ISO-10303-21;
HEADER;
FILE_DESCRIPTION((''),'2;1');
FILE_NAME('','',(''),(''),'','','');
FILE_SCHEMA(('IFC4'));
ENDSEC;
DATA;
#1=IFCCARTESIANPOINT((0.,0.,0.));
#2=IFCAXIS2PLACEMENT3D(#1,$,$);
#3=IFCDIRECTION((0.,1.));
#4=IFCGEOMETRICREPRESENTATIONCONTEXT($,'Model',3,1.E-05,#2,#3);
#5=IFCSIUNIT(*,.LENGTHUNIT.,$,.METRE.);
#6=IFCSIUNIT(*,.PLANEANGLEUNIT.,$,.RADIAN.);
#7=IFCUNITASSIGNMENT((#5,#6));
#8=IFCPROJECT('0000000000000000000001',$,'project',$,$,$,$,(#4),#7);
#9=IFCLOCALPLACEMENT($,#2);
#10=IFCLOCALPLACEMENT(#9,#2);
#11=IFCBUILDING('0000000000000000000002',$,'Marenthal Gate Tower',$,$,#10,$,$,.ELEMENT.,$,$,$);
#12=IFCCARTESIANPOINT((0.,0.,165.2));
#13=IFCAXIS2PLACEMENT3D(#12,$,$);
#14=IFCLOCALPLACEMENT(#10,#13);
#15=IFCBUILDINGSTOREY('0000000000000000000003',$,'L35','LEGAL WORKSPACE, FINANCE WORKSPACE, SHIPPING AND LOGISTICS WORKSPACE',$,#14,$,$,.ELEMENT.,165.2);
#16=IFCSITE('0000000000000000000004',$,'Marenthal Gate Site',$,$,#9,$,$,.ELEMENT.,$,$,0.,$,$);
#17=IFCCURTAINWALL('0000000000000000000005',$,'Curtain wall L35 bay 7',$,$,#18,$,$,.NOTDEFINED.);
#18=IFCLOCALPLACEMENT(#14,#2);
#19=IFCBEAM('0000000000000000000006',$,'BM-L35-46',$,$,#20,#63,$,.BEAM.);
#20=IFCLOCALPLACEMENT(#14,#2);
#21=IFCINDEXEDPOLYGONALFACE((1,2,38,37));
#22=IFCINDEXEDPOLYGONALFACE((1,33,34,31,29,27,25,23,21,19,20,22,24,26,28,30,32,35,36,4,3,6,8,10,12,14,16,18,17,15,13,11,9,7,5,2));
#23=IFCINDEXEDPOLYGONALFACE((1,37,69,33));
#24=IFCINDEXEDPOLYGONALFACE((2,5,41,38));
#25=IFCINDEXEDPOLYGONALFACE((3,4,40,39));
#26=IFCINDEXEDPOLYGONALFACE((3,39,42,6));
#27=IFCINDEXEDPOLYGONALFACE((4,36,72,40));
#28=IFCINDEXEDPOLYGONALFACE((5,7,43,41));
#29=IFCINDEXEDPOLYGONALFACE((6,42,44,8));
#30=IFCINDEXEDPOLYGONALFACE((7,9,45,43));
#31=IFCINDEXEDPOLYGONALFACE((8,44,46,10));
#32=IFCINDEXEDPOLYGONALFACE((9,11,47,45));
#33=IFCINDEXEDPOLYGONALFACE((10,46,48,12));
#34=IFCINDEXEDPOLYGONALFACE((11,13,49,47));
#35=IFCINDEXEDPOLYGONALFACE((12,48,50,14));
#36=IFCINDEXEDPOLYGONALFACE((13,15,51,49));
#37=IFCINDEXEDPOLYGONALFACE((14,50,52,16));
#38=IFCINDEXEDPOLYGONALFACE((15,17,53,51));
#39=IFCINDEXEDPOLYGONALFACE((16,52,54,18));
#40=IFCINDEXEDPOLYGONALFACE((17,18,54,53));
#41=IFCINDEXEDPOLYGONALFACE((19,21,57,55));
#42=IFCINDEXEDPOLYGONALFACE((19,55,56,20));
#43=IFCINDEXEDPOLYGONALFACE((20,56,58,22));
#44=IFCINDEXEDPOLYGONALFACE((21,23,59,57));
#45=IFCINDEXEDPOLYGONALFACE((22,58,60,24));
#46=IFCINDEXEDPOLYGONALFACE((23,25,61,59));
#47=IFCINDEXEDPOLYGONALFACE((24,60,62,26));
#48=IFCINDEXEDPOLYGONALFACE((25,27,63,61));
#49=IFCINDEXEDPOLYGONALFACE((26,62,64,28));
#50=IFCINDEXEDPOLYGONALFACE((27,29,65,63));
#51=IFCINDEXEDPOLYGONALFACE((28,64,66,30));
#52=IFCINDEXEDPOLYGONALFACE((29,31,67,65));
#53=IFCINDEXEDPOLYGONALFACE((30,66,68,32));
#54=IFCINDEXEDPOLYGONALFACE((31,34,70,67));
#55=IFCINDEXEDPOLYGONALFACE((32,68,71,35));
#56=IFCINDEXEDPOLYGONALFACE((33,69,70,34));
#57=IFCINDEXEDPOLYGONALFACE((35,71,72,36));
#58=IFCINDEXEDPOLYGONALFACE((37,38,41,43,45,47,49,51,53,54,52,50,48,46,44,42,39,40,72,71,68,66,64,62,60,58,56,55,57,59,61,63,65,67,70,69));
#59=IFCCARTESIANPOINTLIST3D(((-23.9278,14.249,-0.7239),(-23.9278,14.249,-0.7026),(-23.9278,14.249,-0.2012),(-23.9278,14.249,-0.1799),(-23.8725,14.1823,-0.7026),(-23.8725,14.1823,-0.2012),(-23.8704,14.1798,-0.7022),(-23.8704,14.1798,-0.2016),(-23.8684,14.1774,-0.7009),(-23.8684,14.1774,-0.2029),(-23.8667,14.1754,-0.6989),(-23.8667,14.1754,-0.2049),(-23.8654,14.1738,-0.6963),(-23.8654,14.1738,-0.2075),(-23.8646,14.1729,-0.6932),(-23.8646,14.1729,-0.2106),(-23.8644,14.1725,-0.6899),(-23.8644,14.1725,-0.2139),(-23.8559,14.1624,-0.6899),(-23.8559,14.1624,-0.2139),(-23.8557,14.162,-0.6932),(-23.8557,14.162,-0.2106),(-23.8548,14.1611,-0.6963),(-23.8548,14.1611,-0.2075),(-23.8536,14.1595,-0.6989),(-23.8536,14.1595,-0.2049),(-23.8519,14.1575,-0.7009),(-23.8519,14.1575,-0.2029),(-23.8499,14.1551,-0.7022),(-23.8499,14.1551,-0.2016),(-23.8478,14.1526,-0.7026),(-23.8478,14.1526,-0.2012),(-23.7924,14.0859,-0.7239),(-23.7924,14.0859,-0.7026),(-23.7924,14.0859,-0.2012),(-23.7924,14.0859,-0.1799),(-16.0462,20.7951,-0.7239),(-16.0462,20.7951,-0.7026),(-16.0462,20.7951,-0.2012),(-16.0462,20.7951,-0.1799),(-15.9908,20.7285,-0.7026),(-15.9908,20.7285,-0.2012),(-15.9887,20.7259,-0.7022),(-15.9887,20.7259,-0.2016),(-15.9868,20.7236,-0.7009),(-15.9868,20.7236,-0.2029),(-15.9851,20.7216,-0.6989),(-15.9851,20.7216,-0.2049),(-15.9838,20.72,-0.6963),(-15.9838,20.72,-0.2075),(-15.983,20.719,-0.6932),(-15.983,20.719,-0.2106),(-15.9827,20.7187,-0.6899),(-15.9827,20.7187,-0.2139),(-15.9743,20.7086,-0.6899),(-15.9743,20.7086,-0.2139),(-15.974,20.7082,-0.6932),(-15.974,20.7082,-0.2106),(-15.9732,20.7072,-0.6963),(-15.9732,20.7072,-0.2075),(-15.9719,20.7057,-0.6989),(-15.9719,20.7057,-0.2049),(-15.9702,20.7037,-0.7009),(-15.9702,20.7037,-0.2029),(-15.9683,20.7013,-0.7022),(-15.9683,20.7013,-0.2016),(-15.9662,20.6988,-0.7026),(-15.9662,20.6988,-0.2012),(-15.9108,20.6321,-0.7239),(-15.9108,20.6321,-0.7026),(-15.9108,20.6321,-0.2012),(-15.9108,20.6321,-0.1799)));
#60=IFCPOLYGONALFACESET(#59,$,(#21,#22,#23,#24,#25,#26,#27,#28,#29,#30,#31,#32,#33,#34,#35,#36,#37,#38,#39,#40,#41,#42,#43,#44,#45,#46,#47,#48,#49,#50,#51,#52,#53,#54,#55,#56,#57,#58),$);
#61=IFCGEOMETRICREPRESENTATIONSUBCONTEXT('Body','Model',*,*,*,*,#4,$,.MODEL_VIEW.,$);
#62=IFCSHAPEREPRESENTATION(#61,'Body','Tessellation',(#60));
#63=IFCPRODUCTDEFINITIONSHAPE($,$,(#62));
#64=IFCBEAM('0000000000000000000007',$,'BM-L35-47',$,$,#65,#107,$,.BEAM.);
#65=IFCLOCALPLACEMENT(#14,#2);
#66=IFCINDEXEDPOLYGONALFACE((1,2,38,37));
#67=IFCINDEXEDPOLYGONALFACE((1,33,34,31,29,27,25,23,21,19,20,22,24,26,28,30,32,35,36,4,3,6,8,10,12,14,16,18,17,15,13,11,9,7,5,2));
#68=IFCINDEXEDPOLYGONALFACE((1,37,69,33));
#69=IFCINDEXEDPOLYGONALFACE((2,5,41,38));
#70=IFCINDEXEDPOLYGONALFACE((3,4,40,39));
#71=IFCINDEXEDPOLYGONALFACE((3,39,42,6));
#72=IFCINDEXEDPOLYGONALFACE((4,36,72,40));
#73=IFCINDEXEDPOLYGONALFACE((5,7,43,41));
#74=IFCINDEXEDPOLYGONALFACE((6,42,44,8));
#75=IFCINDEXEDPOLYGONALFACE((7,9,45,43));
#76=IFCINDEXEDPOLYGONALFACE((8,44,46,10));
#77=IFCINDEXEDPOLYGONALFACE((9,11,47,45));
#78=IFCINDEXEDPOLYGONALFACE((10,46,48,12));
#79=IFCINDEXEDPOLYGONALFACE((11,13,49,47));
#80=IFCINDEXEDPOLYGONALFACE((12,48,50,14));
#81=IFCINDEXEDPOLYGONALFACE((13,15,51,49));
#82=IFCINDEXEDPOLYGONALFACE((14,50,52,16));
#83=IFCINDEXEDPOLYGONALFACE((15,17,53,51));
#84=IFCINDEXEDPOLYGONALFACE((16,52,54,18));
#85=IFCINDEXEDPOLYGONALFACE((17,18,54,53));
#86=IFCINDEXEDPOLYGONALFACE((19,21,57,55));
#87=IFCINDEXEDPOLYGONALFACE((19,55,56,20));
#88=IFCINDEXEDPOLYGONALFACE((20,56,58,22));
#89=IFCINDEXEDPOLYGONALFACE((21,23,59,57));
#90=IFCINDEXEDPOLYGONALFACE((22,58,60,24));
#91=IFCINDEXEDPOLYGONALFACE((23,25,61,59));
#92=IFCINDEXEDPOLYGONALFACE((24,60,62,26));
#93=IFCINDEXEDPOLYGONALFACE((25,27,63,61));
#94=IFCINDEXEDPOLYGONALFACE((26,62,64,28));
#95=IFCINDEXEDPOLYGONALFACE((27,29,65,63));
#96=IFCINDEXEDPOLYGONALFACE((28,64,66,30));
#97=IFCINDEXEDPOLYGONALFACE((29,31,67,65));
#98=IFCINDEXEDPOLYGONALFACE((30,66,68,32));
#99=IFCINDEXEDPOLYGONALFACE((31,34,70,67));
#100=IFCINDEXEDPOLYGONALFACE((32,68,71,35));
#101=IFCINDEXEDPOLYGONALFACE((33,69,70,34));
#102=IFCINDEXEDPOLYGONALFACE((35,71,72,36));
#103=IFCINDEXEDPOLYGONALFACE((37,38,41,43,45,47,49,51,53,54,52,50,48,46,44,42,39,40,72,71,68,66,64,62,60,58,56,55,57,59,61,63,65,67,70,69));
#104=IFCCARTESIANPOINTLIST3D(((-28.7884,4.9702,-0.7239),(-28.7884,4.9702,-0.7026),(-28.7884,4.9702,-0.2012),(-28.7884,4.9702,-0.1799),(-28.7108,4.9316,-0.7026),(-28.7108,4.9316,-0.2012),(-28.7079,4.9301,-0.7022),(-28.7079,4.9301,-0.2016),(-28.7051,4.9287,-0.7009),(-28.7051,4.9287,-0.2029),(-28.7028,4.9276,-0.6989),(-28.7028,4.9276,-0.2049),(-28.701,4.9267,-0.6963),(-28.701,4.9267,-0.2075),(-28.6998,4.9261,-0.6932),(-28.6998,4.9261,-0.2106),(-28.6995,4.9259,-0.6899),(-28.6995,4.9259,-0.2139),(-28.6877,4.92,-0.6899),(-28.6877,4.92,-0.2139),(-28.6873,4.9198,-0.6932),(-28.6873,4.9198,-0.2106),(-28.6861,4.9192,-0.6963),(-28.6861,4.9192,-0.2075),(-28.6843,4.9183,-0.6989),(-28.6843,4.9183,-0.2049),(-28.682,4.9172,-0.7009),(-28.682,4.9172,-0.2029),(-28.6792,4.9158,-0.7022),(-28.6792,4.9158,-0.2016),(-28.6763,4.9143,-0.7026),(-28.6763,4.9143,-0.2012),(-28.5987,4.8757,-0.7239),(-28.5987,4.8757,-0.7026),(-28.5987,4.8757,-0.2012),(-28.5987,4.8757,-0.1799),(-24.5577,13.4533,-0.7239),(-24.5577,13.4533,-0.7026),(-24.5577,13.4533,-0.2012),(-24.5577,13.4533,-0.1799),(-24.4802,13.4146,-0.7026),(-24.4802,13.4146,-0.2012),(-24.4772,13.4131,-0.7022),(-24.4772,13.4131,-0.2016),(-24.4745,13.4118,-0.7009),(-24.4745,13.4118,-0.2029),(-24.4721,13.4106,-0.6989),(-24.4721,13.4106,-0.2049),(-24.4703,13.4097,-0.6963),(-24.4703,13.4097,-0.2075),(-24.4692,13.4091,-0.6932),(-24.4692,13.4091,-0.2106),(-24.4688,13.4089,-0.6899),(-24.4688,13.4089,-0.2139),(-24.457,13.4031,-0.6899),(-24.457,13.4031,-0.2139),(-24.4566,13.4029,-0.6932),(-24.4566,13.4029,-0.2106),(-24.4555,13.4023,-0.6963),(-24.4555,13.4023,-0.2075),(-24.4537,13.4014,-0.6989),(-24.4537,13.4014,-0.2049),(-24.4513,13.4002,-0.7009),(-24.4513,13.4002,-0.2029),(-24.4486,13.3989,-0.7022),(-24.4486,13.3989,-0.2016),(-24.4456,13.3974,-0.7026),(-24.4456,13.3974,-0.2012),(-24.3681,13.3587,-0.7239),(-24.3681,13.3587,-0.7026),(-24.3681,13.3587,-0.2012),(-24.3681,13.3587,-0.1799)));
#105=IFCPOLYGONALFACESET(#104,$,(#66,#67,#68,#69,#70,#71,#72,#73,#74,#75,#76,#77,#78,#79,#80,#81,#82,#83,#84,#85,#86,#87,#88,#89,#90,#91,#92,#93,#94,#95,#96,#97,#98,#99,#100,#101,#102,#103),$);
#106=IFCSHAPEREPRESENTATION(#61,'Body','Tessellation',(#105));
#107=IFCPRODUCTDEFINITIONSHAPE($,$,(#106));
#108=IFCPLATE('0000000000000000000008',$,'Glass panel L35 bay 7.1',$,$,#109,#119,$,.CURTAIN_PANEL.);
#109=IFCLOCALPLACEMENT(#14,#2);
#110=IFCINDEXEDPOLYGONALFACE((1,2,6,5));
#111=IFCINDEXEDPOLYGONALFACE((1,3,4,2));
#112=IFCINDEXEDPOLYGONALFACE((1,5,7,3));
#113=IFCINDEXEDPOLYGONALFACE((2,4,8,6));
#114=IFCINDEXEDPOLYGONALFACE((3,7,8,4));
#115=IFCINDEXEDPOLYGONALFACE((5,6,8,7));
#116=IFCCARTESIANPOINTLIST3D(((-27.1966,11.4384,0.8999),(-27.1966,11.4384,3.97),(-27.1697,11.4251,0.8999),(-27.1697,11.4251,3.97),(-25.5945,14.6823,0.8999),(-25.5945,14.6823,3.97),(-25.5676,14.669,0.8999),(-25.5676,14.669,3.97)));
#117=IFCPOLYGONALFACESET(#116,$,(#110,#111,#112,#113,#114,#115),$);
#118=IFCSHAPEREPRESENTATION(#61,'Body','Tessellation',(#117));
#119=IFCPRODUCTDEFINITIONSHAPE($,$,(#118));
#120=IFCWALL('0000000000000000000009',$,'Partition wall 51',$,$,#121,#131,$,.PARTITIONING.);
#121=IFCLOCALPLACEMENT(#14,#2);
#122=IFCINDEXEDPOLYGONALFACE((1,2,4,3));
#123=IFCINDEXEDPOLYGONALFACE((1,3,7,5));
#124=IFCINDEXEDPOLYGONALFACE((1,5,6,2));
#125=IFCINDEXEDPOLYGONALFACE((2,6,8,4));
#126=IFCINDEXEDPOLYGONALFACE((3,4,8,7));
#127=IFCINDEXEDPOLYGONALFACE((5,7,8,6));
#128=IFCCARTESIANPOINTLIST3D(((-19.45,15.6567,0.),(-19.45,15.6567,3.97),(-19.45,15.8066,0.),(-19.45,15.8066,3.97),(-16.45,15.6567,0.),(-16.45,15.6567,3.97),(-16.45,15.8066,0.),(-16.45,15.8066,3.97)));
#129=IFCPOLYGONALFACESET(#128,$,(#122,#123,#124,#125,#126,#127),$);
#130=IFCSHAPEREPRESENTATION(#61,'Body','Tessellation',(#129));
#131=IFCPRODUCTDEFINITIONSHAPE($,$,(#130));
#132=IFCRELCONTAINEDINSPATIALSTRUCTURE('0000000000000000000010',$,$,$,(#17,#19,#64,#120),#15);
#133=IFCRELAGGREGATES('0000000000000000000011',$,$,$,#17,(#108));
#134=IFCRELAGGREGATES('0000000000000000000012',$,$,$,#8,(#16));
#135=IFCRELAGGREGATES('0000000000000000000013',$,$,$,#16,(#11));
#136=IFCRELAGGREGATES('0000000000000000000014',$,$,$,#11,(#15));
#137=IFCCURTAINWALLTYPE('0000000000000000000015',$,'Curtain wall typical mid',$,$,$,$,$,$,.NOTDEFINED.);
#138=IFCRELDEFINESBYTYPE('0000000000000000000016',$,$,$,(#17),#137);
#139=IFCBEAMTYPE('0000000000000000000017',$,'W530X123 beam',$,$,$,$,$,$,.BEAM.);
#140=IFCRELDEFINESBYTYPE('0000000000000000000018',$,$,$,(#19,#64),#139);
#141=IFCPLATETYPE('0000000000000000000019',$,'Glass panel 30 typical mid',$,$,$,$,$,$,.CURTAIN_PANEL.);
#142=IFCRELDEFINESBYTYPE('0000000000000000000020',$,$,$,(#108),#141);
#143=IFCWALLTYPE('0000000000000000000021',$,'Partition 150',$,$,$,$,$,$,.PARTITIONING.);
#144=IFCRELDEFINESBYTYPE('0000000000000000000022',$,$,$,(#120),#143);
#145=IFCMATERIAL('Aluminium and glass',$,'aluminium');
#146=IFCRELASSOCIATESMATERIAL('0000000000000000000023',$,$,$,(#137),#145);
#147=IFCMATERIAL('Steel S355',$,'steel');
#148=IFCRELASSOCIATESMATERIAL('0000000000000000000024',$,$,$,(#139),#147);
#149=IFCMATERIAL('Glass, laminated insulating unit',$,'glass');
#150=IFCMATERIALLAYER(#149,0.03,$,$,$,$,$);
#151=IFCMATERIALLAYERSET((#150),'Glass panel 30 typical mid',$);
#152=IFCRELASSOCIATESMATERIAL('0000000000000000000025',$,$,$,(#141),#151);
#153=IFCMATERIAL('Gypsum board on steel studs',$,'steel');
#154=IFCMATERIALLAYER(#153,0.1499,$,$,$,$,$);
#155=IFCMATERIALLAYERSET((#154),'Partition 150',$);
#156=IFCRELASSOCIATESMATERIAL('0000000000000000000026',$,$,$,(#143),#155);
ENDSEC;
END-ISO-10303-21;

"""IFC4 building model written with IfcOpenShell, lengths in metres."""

from ifc_helpers import new_model, si_unit, direction, frame, frame_2d, origin, origin_2d, place, context, subcontext, project, spatial, rectangle, i_section, extrude, material, layer, layer_set, material_profile, profile_set, type_object, element, aggregate, save


model = new_model("IFC4")

# Units and contexts
model_context = context("Model", 3, precision=1e-05, world=origin(), true_north=direction((0.0, 1.0)))
body_context = subcontext(model_context, "Body", "Model", "MODEL_VIEW")
ifc_project = project(units=[si_unit("LENGTHUNIT", "METRE"), si_unit("PLANEANGLEUNIT", "RADIAN")], contexts=[model_context])

# Site, building, storey
site_placement = place(None, origin())
site = spatial("IfcSite", under=ifc_project, at=site_placement, Name="Marenthal Gate Site", CompositionType="ELEMENT", RefElevation=0.0)
building_placement = place(site_placement, origin())
building = spatial("IfcBuilding", under=site, at=building_placement, Name="Marenthal Gate Tower", CompositionType="ELEMENT")
storey_placement = place(building_placement, frame((0.0, 0.0, 165.2)))
storey = spatial("IfcBuildingStorey", under=building, at=storey_placement, Name="L35", Description="LEGAL WORKSPACE, FINANCE WORKSPACE, SHIPPING AND LOGISTICS WORKSPACE", CompositionType="ELEMENT", Elevation=165.2)

# Shared definitions
ifc_material_1 = material(Name="Aluminium and glass", Category="aluminium")
curtain_wall_type = type_object("IfcCurtainWallType", Name="Curtain wall typical mid", PredefinedType="NOTDEFINED", material=ifc_material_1)

# Curtain wall
curtain_wall_1_placement = place(storey_placement, origin())
curtain_wall_1 = element("IfcCurtainWall", 1, at=curtain_wall_1_placement, inside=storey, type_object=curtain_wall_type, Name="Curtain wall L35 bay 7", PredefinedType="NOTDEFINED")

# Beams
ifc_material_2 = material(Name="Steel S355", Category="steel")
ifc_material_profile_1 = material_profile(ifc_material_2, i_section(OverallWidth=0.2119, OverallDepth=0.5439, WebThickness=0.0132, FlangeThickness=0.0212, FilletRadius=0.0127, at=origin_2d()), Name="W530X123")
ifc_profile_set_1 = profile_set([ifc_material_profile_1], Name="Steel S355")
beam_type_1 = type_object("IfcBeamType", Name="W530X123 beam", PredefinedType="BEAM", material=ifc_profile_set_1)
beam_1_placement = place(storey_placement, frame((-15.9785, 20.7136, -0.4519), z_axis=(-0.769269, -0.638925, 0.0), x_axis=(0.638925, -0.769269, 0.0)))
element("IfcBeam", 2, at=beam_1_placement, inside=storey, type_object=beam_type_1, Name="BM-L35-46", PredefinedType="BEAM", context=body_context, shape_type="SweptSolid", body=[
    extrude(i_section(OverallWidth=0.2119, OverallDepth=0.5439, WebThickness=0.0132, FlangeThickness=0.0212, FilletRadius=0.0127, at=origin_2d()), origin(), (0.0, 0.0, 1.0), 10.2456),
])
beam_2_placement = place(storey_placement, frame((-24.4629, 13.406, -0.4519), z_axis=(-0.446297, -0.894885, 0.0), x_axis=(0.894885, -0.446297, 0.0)))
element("IfcBeam", 3, at=beam_2_placement, inside=storey, type_object=beam_type_1, Name="BM-L35-47", PredefinedType="BEAM", context=body_context, shape_type="SweptSolid", body=[
    extrude(i_section(OverallWidth=0.2119, OverallDepth=0.5439, WebThickness=0.0132, FlangeThickness=0.0212, FilletRadius=0.0127, at=origin_2d()), origin(), (0.0, 0.0, 1.0), 9.4795),
])

# Plate
ifc_material_3 = material(Name="Glass, laminated insulating unit", Category="glass")
ifc_layer_1 = layer(ifc_material_3, 0.03)
ifc_layer_set_1 = layer_set([ifc_layer_1], Name="Glass panel 30 typical mid")
plate_type = type_object("IfcPlateType", Name="Glass panel 30 typical mid", PredefinedType="CURTAIN_PANEL", material=ifc_layer_set_1)
plate_placement = place(storey_placement, frame((-26.3821, 13.0537, 0.8999), z_axis=(0.0, 0.0, 1.0), x_axis=(-0.442824, -0.896609, 0.0)))
plate = element("IfcPlate", 4, at=plate_placement, type_object=plate_type, Name="Glass panel L35 bay 7.1", PredefinedType="CURTAIN_PANEL", context=body_context, shape_type="SweptSolid", body=[
    extrude(rectangle(XDim=3.6179, YDim=0.03, at=origin_2d()), origin(), (0.0, 0.0, 1.0), 3.0701),
])
aggregate(curtain_wall_1, [plate])

# Wall
ifc_material_4 = material(Name="Gypsum board on steel studs", Category="steel")
ifc_layer_2 = layer(ifc_material_4, 0.1499)
ifc_layer_set_2 = layer_set([ifc_layer_2], Name="Partition 150")
wall_type_1 = type_object("IfcWallType", Name="Partition 150", PredefinedType="PARTITIONING", material=ifc_layer_set_2)
wall_1_placement = place(storey_placement, frame((-19.45, 15.7317, 0.0), z_axis=(0.0, 0.0, 1.0), x_axis=(1.0, 0.0, 0.0)))
element("IfcWall", 5, at=wall_1_placement, inside=storey, type_object=wall_type_1, Name="Partition wall 51", PredefinedType="PARTITIONING", context=body_context, shape_type="SweptSolid", body=[
    extrude(rectangle(XDim=3.0, YDim=0.1499, at=frame_2d((1.5, 0.0))), origin(), (0.0, 0.0, 1.0), 3.97),
])

save(model, "model.ifc")
